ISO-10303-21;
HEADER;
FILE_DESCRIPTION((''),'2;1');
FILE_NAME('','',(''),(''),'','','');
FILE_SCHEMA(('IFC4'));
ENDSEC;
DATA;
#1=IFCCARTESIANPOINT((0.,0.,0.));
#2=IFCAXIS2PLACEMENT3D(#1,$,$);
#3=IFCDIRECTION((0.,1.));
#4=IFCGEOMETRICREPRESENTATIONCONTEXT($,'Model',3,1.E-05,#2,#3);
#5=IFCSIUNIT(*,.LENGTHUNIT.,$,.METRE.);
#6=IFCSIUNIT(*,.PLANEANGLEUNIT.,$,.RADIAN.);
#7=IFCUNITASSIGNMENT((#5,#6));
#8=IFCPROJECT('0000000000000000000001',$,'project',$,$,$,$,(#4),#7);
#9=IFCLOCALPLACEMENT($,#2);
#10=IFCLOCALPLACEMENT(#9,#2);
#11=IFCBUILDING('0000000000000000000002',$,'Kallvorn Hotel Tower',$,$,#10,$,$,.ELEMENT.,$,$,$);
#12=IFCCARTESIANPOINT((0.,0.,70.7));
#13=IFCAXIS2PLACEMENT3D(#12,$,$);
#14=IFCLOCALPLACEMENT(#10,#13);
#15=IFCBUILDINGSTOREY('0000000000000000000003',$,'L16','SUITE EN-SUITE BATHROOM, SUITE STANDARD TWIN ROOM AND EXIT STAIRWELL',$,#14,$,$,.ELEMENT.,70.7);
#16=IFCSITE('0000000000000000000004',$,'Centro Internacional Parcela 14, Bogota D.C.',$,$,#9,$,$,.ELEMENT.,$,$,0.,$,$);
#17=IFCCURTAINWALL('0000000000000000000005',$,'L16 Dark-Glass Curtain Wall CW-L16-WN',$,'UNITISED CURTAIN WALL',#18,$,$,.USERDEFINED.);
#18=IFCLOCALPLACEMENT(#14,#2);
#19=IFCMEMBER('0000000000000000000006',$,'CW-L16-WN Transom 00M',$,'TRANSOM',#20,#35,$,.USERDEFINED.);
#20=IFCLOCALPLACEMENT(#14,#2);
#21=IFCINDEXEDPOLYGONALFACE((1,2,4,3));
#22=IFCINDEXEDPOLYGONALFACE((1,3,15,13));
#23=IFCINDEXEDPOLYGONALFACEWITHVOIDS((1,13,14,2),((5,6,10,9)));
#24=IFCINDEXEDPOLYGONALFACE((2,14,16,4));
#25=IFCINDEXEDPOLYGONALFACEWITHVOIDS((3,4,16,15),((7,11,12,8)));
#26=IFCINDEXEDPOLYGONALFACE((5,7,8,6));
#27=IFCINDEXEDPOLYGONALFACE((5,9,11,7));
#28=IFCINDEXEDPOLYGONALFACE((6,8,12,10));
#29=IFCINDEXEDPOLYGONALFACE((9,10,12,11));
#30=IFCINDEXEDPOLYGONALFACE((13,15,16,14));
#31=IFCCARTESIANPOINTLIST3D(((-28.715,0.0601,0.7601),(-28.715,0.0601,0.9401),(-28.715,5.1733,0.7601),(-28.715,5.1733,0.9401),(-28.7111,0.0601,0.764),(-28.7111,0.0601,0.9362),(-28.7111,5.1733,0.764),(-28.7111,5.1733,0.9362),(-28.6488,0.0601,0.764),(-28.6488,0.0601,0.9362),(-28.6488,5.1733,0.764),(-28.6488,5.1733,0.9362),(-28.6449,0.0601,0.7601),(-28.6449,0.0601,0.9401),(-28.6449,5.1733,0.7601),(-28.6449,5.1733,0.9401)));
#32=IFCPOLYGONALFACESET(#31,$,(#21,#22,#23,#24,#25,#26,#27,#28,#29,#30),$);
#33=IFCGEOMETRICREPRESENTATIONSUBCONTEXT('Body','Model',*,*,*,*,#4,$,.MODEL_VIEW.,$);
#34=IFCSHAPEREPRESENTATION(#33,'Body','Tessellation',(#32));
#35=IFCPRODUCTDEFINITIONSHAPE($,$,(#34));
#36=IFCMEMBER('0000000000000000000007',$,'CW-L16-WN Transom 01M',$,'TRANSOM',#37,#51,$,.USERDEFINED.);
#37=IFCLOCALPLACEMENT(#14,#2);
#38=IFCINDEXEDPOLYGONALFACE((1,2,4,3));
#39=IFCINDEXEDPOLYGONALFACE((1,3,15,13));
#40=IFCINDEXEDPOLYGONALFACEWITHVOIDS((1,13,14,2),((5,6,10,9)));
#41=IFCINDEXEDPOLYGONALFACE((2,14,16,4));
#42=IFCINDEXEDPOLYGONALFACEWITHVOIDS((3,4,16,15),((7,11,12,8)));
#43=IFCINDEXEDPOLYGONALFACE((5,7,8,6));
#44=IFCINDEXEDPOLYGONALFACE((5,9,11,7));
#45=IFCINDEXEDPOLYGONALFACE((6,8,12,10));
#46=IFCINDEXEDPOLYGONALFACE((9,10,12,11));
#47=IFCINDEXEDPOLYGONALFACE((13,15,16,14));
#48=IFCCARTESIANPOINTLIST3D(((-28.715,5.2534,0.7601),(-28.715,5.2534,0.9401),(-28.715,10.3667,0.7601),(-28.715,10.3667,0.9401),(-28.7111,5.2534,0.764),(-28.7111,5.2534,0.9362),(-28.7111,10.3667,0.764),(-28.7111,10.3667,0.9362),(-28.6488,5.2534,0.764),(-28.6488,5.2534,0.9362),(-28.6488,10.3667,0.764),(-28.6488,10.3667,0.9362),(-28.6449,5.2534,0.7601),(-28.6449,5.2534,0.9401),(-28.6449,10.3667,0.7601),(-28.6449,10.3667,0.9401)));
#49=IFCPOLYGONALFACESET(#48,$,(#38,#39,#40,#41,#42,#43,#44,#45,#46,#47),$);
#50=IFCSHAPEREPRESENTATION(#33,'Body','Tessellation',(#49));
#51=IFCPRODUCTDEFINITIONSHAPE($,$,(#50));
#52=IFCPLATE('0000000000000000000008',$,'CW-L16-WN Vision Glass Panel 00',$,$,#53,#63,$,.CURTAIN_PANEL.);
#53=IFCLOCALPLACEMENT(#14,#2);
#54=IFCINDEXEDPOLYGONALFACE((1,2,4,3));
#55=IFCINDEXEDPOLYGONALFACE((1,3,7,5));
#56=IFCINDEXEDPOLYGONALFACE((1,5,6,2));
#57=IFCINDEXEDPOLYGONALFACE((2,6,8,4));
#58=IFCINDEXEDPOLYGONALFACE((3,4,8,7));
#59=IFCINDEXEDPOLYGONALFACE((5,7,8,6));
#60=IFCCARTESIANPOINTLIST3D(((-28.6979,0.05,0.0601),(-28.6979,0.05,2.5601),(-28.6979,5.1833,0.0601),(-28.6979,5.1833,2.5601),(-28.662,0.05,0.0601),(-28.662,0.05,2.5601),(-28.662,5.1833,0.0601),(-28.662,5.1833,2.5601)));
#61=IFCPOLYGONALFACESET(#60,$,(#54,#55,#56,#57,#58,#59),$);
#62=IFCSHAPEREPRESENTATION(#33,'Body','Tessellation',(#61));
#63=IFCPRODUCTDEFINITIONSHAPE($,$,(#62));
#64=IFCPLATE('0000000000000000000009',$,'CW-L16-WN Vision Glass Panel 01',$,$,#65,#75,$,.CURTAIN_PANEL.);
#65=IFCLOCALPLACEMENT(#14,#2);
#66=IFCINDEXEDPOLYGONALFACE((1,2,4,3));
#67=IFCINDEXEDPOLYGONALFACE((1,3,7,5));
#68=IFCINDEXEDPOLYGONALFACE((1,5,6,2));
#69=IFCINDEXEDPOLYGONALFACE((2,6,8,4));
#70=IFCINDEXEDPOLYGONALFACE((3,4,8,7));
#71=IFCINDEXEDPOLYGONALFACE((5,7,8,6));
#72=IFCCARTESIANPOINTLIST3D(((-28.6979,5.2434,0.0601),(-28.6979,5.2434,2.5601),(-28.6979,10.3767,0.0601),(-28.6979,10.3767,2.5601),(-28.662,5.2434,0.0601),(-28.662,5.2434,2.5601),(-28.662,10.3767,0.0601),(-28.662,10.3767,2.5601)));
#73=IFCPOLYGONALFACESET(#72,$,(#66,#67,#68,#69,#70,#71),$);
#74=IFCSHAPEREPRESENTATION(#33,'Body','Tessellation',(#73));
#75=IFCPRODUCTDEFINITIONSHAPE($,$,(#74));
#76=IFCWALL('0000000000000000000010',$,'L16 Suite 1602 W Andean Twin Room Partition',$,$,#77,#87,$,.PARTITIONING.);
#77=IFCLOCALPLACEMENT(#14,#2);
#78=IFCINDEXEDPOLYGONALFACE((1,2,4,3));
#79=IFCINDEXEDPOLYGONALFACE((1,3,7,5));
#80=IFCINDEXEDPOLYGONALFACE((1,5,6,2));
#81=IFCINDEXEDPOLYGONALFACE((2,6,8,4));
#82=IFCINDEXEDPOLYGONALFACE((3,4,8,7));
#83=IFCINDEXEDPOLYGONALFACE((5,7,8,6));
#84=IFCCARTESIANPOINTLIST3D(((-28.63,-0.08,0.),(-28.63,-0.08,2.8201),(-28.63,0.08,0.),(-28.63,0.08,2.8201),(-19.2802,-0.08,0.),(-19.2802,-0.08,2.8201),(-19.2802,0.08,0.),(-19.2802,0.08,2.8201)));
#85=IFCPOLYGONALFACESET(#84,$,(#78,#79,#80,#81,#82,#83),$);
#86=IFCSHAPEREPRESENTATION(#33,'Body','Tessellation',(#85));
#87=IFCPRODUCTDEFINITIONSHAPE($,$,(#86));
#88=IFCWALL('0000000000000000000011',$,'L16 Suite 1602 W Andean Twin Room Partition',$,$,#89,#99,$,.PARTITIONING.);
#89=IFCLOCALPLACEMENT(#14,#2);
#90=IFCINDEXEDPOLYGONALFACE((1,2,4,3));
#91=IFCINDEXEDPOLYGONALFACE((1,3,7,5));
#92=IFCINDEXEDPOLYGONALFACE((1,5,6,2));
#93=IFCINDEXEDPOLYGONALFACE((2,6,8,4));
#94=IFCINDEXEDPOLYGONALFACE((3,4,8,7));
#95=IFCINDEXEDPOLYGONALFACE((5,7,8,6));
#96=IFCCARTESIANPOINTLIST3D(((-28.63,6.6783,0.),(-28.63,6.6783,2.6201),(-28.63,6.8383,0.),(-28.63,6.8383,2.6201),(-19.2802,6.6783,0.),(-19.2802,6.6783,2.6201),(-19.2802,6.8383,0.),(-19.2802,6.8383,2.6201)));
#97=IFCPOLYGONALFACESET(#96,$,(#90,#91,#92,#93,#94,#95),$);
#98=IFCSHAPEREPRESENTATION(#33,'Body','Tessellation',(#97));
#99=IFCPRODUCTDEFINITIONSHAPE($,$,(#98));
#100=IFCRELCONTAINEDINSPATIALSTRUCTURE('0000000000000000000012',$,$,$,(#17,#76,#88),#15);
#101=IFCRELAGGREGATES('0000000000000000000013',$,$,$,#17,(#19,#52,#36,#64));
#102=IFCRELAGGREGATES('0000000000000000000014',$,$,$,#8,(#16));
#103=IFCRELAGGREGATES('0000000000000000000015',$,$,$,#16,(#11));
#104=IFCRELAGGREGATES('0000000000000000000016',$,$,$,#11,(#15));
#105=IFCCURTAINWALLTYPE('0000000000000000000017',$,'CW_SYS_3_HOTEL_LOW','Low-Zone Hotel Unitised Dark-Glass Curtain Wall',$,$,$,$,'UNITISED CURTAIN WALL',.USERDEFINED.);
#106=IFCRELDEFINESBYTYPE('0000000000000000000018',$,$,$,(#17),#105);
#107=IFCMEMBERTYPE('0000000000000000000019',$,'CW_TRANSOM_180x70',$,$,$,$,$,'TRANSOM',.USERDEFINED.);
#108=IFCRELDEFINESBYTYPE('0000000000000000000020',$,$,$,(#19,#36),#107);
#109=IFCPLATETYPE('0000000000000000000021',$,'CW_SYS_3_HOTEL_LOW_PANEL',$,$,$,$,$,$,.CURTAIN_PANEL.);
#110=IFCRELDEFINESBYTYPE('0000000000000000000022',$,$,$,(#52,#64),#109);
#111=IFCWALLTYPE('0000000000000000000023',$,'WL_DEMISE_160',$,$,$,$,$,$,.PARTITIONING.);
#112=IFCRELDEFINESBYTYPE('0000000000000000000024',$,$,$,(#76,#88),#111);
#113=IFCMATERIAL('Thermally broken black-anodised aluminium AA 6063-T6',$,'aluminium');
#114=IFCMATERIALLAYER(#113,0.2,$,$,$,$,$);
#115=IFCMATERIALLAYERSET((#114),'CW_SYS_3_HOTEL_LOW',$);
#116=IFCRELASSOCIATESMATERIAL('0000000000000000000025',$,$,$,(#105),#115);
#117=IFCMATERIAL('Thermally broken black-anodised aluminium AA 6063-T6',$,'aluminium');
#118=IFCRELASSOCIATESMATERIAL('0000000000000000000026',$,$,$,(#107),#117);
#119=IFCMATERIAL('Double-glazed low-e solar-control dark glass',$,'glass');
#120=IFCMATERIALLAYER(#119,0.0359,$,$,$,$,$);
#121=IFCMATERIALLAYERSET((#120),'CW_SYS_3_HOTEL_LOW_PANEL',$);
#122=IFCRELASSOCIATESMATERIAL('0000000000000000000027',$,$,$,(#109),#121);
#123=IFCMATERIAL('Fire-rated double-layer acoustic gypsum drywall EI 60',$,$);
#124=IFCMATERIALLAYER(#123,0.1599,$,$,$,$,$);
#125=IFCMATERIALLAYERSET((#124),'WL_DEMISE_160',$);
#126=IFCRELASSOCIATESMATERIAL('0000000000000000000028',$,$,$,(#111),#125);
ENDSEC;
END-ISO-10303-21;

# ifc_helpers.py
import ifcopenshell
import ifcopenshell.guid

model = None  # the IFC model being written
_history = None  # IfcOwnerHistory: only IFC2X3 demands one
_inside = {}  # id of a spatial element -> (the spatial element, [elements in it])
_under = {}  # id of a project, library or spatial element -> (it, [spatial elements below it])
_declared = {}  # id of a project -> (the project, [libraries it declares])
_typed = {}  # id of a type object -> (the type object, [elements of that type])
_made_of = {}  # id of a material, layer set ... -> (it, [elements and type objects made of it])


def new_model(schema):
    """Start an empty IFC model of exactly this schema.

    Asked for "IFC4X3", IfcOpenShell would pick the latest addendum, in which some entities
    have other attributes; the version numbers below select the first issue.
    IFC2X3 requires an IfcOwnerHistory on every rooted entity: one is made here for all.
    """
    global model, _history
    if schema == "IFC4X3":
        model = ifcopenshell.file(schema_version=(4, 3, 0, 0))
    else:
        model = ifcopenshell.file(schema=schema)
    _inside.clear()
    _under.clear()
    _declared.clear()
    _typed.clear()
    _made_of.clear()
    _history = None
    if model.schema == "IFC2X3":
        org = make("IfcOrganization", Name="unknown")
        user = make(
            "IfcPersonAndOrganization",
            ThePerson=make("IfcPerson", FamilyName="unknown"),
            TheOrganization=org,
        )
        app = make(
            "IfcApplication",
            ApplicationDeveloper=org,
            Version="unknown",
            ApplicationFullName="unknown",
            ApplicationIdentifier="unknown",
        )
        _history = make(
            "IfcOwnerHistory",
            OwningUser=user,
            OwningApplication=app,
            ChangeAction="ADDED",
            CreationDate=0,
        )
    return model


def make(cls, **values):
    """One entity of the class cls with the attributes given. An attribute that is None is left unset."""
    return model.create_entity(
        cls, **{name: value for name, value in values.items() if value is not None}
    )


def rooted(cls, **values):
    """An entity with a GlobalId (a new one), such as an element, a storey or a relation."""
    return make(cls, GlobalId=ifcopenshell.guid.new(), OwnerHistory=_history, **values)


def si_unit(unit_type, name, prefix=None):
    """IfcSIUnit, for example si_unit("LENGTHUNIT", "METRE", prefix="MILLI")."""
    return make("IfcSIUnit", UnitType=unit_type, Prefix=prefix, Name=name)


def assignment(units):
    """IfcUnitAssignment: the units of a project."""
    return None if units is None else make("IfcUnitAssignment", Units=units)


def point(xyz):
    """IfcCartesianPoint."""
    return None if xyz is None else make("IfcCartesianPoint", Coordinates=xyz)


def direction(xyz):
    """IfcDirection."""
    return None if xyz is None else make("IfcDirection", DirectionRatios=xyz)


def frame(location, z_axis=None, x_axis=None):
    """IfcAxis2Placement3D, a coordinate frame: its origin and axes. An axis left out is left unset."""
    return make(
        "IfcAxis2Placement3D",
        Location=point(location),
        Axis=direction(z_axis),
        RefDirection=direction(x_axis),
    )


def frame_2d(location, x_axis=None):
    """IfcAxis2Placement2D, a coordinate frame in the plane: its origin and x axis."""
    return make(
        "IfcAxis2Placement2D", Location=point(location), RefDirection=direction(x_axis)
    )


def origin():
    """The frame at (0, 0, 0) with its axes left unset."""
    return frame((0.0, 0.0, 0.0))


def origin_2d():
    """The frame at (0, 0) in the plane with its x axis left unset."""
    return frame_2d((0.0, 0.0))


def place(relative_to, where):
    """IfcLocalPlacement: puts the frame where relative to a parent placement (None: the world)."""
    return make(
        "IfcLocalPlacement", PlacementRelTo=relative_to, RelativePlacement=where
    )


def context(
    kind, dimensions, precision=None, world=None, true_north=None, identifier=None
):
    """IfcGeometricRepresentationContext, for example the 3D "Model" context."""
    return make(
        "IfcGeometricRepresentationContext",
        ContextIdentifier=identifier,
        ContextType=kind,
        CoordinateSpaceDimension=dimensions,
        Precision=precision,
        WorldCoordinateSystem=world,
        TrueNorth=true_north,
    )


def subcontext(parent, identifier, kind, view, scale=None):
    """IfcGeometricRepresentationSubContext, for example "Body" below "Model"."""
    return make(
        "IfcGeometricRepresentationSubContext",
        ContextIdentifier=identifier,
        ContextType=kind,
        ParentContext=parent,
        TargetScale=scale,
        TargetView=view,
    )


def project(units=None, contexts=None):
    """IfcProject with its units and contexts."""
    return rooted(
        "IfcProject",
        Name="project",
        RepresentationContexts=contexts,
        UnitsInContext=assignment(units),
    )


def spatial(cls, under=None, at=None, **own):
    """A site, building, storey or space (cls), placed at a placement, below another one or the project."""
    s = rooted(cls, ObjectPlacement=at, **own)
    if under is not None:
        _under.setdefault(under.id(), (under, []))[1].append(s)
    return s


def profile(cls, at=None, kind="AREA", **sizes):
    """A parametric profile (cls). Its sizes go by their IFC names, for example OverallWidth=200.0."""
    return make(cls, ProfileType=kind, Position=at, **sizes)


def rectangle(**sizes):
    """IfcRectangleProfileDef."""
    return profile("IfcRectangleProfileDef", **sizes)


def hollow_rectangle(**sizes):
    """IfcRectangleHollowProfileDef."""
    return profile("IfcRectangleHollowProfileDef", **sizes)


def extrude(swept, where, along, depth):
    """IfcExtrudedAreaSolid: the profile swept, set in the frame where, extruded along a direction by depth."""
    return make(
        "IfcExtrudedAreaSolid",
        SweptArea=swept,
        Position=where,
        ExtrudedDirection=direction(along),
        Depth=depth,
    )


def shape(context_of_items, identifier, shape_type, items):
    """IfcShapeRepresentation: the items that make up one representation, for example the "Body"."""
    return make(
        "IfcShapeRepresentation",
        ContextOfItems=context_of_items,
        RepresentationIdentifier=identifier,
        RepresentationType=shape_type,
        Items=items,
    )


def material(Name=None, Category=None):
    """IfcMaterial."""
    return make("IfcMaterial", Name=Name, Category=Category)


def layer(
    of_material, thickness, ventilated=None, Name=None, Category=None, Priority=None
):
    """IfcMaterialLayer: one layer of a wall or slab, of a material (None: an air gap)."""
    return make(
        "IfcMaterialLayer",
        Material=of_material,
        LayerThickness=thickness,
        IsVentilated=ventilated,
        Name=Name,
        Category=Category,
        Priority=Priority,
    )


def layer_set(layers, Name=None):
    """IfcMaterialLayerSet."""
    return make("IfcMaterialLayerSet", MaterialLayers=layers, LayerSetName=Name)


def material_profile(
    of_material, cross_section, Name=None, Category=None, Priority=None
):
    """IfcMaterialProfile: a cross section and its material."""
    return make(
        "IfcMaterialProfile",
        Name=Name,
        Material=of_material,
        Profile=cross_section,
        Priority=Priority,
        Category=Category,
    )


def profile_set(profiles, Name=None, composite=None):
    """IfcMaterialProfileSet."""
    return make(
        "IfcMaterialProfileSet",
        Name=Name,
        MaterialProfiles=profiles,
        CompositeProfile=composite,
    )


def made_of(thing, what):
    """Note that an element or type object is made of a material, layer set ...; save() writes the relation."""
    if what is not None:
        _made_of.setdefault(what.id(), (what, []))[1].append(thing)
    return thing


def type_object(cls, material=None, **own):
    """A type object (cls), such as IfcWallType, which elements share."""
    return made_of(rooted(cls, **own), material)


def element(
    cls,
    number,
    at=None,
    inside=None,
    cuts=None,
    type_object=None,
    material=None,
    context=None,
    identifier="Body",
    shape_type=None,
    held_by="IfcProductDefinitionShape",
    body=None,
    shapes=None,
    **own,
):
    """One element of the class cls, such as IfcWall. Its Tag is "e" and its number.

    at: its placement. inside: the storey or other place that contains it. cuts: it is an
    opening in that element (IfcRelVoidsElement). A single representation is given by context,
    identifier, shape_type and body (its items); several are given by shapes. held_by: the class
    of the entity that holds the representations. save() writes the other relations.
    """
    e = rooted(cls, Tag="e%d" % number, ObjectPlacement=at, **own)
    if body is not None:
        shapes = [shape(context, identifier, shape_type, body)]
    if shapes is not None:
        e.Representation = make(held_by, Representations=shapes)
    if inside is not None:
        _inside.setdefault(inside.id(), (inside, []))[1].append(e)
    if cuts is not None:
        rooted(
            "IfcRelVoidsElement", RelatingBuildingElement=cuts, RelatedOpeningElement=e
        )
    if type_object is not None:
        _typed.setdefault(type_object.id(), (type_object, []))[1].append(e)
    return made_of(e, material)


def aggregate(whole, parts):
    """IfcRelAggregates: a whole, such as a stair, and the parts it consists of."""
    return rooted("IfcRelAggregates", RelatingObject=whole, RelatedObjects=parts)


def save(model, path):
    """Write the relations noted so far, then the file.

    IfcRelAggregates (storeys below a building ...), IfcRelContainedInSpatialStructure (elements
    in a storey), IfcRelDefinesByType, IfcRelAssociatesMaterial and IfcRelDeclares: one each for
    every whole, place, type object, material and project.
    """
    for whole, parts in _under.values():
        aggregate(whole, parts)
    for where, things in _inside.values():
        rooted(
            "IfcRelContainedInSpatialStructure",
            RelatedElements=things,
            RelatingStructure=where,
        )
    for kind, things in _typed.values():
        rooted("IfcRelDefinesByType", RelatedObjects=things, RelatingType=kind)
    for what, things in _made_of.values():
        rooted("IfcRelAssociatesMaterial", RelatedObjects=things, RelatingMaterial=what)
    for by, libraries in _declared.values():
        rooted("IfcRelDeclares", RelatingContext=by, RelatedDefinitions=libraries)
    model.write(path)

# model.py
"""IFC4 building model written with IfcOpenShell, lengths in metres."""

from ifc_helpers import new_model, si_unit, direction, frame, frame_2d, origin, origin_2d, place, context, subcontext, project, spatial, rectangle, hollow_rectangle, extrude, material, layer, layer_set, material_profile, profile_set, type_object, element, aggregate, save


model = new_model("IFC4")

# Units and contexts
model_context = context("Model", 3, precision=1e-05, world=origin(), true_north=direction((0.0, 1.0)))
body_context = subcontext(model_context, "Body", "Model", "MODEL_VIEW")
ifc_project = project(units=[si_unit("LENGTHUNIT", "METRE"), si_unit("PLANEANGLEUNIT", "RADIAN")], contexts=[model_context])

# Site, building, storey
site_placement = place(None, origin())
site = spatial("IfcSite", under=ifc_project, at=site_placement, Name="Centro Internacional Parcela 14, Bogota D.C.", CompositionType="ELEMENT", RefElevation=0.0)
building_placement = place(site_placement, origin())
building = spatial("IfcBuilding", under=site, at=building_placement, Name="Kallvorn Hotel Tower", CompositionType="ELEMENT")
storey_placement = place(building_placement, frame((0.0, 0.0, 70.7)))
storey = spatial("IfcBuildingStorey", under=building, at=storey_placement, Name="L16", Description="SUITE EN-SUITE BATHROOM, SUITE STANDARD TWIN ROOM AND EXIT STAIRWELL", CompositionType="ELEMENT", Elevation=70.7)

# Curtain wall, members, plates
ifc_material_1 = material(Name="Thermally broken black-anodised aluminium AA 6063-T6", Category="aluminium")
ifc_layer_1 = layer(ifc_material_1, 0.2)
ifc_layer_set_1 = layer_set([ifc_layer_1], Name="CW_SYS_3_HOTEL_LOW")
curtain_wall_type = type_object("IfcCurtainWallType", Name="CW_SYS_3_HOTEL_LOW", Description="Low-Zone Hotel Unitised Dark-Glass Curtain Wall", ElementType="UNITISED CURTAIN WALL", PredefinedType="USERDEFINED", material=ifc_layer_set_1)
curtain_wall_placement = place(storey_placement, origin())
curtain_wall = element("IfcCurtainWall", 1, at=curtain_wall_placement, inside=storey, type_object=curtain_wall_type, Name="L16 Dark-Glass Curtain Wall CW-L16-WN", ObjectType="UNITISED CURTAIN WALL", PredefinedType="USERDEFINED")
ifc_material_2 = material(Name="Thermally broken black-anodised aluminium AA 6063-T6", Category="aluminium")
ifc_material_profile_1 = material_profile(ifc_material_2, hollow_rectangle(XDim=0.0701, YDim=0.1799, WallThickness=0.0039, at=origin_2d()), Name="TRN 180x70")
ifc_profile_set_1 = profile_set([ifc_material_profile_1], Name="Thermally broken black-anodised aluminium AA 6063-T6")
member_type_1 = type_object("IfcMemberType", Name="CW_TRANSOM_180x70", ElementType="TRANSOM", PredefinedType="USERDEFINED", material=ifc_profile_set_1)
member_1_placement = place(storey_placement, frame((-28.6799, 0.0601, 0.8501), z_axis=(0.0, 1.0, 0.0), x_axis=(-1.0, 0.0, 0.0)))
member_1 = element("IfcMember", 2, at=member_1_placement, type_object=member_type_1, Name="CW-L16-WN Transom 00M", ObjectType="TRANSOM", PredefinedType="USERDEFINED", context=body_context, shape_type="SweptSolid", body=[
    extrude(hollow_rectangle(XDim=0.0701, YDim=0.1799, WallThickness=0.0039, at=origin_2d()), origin(), (0.0, 0.0, 1.0), 5.1133),
])
member_2_placement = place(storey_placement, frame((-28.6799, 5.2534, 0.8501), z_axis=(0.0, 1.0, 0.0), x_axis=(-1.0, 0.0, 0.0)))
member_2 = element("IfcMember", 3, at=member_2_placement, type_object=member_type_1, Name="CW-L16-WN Transom 01M", ObjectType="TRANSOM", PredefinedType="USERDEFINED", context=body_context, shape_type="SweptSolid", body=[
    extrude(hollow_rectangle(XDim=0.0701, YDim=0.1799, WallThickness=0.0039, at=origin_2d()), origin(), (0.0, 0.0, 1.0), 5.1133),
])
ifc_material_3 = material(Name="Double-glazed low-e solar-control dark glass", Category="glass")
ifc_layer_2 = layer(ifc_material_3, 0.0359)
ifc_layer_set_2 = layer_set([ifc_layer_2], Name="CW_SYS_3_HOTEL_LOW_PANEL")
plate_type = type_object("IfcPlateType", Name="CW_SYS_3_HOTEL_LOW_PANEL", PredefinedType="CURTAIN_PANEL", material=ifc_layer_set_2)
plate_1_placement = place(storey_placement, frame((-28.6799, 2.6167, 0.0601), z_axis=(0.0, 0.0, 1.0), x_axis=(0.0, 1.0, 0.0)))
plate_1 = element("IfcPlate", 4, at=plate_1_placement, type_object=plate_type, Name="CW-L16-WN Vision Glass Panel 00", PredefinedType="CURTAIN_PANEL", context=body_context, shape_type="SweptSolid", body=[
    extrude(rectangle(XDim=5.1333, YDim=0.0359, at=origin_2d()), origin(), (0.0, 0.0, 1.0), 2.5),
])
plate_2_placement = place(storey_placement, frame((-28.6799, 7.8101, 0.0601), z_axis=(0.0, 0.0, 1.0), x_axis=(0.0, 1.0, 0.0)))
plate_2 = element("IfcPlate", 5, at=plate_2_placement, type_object=plate_type, Name="CW-L16-WN Vision Glass Panel 01", PredefinedType="CURTAIN_PANEL", context=body_context, shape_type="SweptSolid", body=[
    extrude(rectangle(XDim=5.1333, YDim=0.0359, at=origin_2d()), origin(), (0.0, 0.0, 1.0), 2.5),
])
aggregate(curtain_wall, [member_1, plate_1, member_2, plate_2])

# Walls
ifc_material_4 = material(Name="Fire-rated double-layer acoustic gypsum drywall EI 60")
ifc_layer_3 = layer(ifc_material_4, 0.1599)
ifc_layer_set_3 = layer_set([ifc_layer_3], Name="WL_DEMISE_160")
wall_type = type_object("IfcWallType", Name="WL_DEMISE_160", PredefinedType="PARTITIONING", material=ifc_layer_set_3)
wall_1_placement = place(storey_placement, frame((-28.6299, 0.0, 0.0), z_axis=(0.0, 0.0, 1.0), x_axis=(1.0, 0.0, 0.0)))
element("IfcWall", 6, at=wall_1_placement, inside=storey, type_object=wall_type, Name="L16 Suite 1602 W Andean Twin Room Partition", PredefinedType="PARTITIONING", context=body_context, shape_type="SweptSolid", body=[
    extrude(rectangle(XDim=9.3499, YDim=0.1599, at=frame_2d((4.6748, 0.0))), origin(), (0.0, 0.0, 1.0), 2.8201),
])
wall_2_placement = place(storey_placement, frame((-28.6299, 6.7583, 0.0), z_axis=(0.0, 0.0, 1.0), x_axis=(1.0, 0.0, 0.0)))
element("IfcWall", 7, at=wall_2_placement, inside=storey, type_object=wall_type, Name="L16 Suite 1602 W Andean Twin Room Partition", PredefinedType="PARTITIONING", context=body_context, shape_type="SweptSolid", body=[
    extrude(rectangle(XDim=9.3499, YDim=0.1599, at=frame_2d((4.6748, 0.0))), origin(), (0.0, 0.0, 1.0), 2.6201),
])

save(model, "model.ifc")
